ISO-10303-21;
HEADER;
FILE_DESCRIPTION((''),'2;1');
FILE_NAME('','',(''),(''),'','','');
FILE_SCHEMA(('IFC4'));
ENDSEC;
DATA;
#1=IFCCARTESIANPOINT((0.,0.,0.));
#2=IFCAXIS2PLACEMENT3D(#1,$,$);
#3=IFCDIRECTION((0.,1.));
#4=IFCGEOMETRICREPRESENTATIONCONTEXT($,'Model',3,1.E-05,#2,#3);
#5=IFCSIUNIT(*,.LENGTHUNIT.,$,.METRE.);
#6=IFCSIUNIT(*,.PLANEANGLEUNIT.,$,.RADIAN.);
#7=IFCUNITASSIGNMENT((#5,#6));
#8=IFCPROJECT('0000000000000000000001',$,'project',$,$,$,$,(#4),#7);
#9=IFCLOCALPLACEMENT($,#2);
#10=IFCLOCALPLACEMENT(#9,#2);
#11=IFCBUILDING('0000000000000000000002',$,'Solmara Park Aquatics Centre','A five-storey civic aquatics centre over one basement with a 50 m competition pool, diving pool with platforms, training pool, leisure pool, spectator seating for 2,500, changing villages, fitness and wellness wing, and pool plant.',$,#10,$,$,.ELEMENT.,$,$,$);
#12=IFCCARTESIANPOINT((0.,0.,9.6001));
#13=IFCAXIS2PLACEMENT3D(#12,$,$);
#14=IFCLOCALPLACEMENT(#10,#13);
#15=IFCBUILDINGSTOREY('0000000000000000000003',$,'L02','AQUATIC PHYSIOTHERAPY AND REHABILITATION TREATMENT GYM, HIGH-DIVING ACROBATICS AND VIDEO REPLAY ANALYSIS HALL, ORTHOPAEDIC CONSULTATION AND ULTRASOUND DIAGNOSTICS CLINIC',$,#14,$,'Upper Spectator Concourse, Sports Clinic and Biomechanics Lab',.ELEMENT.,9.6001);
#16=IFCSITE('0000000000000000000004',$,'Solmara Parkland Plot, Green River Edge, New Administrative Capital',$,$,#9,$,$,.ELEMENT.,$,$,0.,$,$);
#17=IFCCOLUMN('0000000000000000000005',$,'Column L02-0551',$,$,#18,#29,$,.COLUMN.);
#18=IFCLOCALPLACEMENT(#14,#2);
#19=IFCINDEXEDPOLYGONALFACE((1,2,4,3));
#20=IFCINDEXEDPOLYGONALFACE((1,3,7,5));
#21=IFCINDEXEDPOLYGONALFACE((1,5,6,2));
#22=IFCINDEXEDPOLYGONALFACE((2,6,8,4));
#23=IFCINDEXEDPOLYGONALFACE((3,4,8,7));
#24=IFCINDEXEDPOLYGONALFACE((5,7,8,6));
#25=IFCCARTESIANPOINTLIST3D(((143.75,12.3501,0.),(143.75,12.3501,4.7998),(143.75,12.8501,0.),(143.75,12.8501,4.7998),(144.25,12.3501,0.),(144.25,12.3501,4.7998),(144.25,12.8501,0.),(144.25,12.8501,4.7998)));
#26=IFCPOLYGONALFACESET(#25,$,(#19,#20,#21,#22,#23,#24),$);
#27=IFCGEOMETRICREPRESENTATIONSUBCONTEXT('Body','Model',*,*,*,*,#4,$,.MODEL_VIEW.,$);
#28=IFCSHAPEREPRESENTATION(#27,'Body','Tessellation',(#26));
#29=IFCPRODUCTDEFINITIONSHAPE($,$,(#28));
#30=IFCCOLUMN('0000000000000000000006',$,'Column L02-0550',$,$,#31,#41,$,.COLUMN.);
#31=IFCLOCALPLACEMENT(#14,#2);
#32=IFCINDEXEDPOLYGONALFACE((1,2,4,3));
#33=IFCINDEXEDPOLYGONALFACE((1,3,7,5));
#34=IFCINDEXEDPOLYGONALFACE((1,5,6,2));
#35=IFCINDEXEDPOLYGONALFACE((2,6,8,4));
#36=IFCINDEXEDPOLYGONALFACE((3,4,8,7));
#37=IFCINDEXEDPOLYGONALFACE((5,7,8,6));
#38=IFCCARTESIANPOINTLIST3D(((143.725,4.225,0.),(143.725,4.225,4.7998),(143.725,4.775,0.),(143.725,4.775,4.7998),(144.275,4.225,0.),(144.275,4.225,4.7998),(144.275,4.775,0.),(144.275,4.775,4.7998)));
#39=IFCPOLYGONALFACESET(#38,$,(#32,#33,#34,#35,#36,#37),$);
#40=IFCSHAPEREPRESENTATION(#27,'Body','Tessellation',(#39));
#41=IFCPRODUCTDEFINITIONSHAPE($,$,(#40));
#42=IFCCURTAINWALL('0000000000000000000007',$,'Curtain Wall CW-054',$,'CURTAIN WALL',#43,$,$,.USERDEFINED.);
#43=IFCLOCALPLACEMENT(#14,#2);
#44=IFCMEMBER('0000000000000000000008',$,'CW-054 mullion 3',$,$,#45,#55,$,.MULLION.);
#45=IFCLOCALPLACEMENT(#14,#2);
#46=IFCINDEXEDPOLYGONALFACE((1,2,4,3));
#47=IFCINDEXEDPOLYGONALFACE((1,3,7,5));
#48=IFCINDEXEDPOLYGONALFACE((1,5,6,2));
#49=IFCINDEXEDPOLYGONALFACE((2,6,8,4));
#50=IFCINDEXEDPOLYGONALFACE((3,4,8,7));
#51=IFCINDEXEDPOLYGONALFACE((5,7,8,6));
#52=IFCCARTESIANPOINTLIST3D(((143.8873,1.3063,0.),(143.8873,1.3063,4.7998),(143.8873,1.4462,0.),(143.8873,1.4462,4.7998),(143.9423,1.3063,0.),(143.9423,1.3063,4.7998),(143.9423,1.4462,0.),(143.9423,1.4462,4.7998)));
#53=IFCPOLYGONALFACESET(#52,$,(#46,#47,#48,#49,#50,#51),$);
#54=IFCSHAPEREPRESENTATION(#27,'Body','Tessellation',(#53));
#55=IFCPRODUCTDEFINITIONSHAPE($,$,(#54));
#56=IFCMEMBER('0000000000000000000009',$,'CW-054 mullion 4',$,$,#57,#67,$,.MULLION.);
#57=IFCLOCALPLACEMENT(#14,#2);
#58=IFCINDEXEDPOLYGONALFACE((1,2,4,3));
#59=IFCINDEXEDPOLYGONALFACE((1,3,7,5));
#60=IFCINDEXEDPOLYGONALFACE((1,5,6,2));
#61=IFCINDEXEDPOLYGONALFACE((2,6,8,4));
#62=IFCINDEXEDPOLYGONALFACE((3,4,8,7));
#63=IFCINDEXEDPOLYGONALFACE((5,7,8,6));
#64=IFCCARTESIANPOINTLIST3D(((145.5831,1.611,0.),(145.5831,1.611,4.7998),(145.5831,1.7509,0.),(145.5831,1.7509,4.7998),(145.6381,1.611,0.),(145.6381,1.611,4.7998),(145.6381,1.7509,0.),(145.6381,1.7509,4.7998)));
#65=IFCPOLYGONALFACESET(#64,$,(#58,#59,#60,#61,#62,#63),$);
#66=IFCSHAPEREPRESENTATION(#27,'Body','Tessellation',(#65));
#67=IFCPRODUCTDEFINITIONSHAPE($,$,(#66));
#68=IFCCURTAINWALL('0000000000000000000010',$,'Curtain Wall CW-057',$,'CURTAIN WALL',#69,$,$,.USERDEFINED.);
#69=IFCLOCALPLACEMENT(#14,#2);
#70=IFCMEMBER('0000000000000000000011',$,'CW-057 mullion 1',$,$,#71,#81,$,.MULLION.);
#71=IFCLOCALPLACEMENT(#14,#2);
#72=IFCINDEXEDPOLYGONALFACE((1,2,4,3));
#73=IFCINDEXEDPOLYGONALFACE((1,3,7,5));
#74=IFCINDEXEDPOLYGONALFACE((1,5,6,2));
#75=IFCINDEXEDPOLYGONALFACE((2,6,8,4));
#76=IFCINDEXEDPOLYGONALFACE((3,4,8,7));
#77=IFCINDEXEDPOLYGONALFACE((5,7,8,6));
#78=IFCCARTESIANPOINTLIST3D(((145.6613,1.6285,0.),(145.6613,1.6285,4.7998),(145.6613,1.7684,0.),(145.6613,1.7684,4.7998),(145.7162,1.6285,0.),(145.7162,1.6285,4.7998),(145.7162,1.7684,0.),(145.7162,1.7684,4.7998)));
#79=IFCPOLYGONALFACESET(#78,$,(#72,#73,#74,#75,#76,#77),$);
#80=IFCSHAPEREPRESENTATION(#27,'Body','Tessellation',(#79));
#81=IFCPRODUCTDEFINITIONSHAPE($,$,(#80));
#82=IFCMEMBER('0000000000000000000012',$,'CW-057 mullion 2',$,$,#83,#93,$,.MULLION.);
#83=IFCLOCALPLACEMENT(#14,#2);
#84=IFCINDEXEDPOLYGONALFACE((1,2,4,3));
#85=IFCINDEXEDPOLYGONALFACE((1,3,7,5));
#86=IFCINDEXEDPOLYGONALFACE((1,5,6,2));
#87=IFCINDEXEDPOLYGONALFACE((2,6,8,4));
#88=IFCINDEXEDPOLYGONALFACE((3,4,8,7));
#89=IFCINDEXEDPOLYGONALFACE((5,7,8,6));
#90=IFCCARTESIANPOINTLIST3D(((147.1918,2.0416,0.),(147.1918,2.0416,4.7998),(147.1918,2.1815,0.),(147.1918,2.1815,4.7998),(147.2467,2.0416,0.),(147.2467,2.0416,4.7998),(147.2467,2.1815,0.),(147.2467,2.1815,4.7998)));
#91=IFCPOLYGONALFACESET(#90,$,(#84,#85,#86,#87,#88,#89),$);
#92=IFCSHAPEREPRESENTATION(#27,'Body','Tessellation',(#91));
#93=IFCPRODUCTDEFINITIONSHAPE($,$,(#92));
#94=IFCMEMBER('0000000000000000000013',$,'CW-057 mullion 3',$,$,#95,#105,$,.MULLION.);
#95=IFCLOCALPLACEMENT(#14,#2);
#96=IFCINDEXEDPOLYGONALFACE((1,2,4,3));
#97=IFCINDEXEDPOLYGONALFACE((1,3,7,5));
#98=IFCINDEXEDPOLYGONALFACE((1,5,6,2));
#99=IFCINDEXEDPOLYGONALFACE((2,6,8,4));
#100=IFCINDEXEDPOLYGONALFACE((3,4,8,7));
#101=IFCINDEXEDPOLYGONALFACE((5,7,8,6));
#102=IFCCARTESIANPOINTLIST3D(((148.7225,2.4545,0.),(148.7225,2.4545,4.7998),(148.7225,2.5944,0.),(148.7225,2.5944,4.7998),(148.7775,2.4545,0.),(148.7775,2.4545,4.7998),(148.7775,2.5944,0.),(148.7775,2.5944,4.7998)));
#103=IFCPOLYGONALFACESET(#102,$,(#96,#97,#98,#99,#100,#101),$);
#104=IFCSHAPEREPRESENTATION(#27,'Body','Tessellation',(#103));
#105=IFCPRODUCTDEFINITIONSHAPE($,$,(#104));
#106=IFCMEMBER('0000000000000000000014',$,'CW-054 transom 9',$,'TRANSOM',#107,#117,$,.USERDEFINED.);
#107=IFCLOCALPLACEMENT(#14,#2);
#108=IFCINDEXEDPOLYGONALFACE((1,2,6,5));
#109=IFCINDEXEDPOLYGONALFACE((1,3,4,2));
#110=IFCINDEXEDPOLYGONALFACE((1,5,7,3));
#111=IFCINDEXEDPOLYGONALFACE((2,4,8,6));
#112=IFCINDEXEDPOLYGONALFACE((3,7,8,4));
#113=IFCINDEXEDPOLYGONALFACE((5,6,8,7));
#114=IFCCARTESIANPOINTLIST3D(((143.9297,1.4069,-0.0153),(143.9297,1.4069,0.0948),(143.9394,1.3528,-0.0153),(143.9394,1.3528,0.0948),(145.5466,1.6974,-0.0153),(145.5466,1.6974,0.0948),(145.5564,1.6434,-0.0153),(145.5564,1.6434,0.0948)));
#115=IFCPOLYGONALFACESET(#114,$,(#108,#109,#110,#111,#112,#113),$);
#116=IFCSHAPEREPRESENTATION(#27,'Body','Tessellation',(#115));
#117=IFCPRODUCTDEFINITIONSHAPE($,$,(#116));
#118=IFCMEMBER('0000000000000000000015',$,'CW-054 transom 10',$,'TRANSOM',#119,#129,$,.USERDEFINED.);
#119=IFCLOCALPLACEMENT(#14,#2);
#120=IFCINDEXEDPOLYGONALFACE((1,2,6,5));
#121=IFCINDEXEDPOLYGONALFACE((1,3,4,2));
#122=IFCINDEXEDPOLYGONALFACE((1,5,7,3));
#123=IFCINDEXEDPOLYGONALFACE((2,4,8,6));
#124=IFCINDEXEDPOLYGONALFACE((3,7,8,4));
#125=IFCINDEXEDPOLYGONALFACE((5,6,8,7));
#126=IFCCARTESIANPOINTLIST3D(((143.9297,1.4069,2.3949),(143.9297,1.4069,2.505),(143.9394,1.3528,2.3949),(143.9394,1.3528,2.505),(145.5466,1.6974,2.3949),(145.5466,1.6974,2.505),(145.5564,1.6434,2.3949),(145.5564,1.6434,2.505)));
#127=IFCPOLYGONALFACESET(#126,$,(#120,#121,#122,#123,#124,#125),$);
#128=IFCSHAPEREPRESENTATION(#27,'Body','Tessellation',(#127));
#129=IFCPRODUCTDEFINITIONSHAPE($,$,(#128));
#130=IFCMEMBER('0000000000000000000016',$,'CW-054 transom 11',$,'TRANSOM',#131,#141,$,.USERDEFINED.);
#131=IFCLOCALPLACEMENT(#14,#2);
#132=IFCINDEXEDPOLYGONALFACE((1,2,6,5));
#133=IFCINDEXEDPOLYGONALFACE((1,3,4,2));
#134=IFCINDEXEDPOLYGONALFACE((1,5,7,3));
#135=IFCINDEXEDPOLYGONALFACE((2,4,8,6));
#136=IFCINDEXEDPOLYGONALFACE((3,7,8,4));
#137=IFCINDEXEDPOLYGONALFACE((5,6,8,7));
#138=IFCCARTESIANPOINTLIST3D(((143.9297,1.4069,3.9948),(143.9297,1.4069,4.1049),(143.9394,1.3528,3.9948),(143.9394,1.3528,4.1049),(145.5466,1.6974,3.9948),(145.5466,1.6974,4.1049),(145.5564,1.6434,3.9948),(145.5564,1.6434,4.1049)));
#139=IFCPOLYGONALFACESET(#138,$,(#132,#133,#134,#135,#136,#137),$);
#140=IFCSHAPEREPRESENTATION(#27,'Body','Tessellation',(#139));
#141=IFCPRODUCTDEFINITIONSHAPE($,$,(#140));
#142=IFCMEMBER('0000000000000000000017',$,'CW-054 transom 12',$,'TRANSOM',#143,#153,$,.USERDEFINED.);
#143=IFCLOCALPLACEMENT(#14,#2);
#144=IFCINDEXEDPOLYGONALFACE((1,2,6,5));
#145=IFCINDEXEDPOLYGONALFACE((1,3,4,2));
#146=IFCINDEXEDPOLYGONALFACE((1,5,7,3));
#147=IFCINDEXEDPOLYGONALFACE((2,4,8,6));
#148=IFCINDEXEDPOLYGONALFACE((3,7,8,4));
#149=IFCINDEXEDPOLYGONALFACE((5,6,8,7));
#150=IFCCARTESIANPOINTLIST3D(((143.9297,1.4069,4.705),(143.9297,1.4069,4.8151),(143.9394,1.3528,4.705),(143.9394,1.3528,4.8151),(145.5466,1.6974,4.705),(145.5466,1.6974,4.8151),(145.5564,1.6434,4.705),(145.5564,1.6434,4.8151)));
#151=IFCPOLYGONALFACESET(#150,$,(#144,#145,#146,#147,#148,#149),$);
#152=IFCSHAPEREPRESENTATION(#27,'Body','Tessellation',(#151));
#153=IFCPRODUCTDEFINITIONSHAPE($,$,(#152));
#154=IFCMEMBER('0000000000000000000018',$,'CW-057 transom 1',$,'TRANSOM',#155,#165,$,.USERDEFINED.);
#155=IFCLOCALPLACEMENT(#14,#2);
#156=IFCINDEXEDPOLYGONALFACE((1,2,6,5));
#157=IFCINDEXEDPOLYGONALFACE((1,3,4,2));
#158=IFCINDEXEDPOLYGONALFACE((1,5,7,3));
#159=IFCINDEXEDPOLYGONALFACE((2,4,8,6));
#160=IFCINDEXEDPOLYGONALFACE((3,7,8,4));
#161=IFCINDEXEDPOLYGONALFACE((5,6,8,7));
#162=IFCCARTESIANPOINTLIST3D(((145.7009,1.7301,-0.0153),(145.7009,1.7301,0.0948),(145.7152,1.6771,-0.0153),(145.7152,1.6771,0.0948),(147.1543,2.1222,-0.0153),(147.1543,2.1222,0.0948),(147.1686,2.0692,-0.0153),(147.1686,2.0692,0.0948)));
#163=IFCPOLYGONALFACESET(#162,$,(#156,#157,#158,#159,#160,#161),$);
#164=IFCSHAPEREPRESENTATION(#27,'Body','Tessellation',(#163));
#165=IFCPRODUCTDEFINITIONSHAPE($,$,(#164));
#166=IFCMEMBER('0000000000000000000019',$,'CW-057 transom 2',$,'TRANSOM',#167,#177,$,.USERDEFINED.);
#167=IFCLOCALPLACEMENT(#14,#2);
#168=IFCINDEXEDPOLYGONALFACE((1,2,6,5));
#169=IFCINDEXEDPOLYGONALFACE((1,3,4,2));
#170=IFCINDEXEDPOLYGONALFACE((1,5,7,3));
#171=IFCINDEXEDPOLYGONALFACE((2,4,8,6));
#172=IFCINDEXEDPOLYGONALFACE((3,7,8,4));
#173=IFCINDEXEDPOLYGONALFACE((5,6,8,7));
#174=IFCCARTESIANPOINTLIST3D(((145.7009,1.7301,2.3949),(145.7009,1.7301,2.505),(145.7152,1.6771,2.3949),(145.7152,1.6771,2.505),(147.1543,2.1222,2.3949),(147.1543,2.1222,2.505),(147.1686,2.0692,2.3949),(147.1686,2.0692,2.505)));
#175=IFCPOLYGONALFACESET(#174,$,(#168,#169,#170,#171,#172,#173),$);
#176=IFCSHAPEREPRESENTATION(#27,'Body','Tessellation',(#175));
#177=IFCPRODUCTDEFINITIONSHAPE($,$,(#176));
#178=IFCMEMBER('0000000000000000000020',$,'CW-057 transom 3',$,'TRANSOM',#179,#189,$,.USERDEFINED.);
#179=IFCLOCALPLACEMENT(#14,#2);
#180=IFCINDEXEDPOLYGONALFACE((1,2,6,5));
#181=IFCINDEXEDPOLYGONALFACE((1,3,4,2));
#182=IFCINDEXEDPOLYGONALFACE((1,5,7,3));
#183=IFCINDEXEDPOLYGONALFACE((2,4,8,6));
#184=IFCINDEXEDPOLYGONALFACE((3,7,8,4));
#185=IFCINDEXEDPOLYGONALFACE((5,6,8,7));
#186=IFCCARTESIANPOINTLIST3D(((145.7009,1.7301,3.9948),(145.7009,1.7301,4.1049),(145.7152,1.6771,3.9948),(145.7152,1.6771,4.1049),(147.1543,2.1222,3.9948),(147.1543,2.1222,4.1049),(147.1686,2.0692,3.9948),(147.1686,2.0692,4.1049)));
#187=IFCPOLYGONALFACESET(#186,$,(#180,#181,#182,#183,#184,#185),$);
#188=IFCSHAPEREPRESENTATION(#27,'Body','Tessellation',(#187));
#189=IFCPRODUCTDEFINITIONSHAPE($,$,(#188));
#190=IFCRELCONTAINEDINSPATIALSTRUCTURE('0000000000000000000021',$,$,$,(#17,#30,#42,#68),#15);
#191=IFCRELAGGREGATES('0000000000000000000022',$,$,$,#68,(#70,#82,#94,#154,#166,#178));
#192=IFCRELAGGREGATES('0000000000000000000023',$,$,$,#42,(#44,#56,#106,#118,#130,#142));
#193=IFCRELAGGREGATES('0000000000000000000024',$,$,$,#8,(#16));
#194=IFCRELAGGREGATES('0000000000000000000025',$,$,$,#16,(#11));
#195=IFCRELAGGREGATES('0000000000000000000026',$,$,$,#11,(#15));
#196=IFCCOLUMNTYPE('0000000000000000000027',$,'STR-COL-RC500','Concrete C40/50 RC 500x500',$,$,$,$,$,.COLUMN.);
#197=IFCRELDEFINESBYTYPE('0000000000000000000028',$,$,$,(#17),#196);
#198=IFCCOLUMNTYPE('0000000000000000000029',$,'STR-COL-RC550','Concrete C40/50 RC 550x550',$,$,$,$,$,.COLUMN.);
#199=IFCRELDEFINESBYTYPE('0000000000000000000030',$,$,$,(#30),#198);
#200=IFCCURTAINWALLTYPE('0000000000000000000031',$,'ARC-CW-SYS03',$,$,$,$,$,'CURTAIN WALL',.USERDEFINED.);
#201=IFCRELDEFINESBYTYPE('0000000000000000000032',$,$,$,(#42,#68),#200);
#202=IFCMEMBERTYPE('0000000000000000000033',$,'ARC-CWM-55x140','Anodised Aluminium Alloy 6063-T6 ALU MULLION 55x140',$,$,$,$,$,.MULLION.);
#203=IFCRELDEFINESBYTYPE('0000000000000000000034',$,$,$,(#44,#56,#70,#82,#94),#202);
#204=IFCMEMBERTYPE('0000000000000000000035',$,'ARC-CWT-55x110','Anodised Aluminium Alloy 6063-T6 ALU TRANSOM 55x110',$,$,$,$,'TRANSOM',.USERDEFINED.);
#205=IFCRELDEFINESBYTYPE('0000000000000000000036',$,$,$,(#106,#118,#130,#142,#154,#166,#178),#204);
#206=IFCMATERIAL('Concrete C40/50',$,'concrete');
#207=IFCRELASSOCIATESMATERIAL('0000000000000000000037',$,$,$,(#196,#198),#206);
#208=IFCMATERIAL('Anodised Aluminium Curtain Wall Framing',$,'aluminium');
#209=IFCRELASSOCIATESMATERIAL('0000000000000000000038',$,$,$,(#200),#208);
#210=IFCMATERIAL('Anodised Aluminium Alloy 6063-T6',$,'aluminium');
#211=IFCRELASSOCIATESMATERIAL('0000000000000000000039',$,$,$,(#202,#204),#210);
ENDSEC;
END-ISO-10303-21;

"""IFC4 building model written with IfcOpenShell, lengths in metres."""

from ifc_helpers import new_model, si_unit, direction, frame, origin, origin_2d, place, context, subcontext, project, spatial, rectangle, extrude, material, material_profile, profile_set, type_object, element, aggregate, save


model = new_model("IFC4")

# Units and contexts
model_context = context("Model", 3, precision=1e-05, world=origin(), true_north=direction((0.0, 1.0)))
body_context = subcontext(model_context, "Body", "Model", "MODEL_VIEW")
ifc_project = project(units=[si_unit("LENGTHUNIT", "METRE"), si_unit("PLANEANGLEUNIT", "RADIAN")], contexts=[model_context])

# Site, building, storey
site_placement = place(None, origin())
site = spatial("IfcSite", under=ifc_project, at=site_placement, Name="Solmara Parkland Plot, Green River Edge, New Administrative Capital", CompositionType="ELEMENT", RefElevation=0.0)
building_placement = place(site_placement, origin())
building = spatial("IfcBuilding", under=site, at=building_placement, Name="Solmara Park Aquatics Centre", Description="A five-storey civic aquatics centre over one basement with a 50 m competition pool, diving pool with platforms, training pool, leisure pool, spectator seating for 2,500, changing villages, fitness and wellness wing, and pool plant.", CompositionType="ELEMENT")
storey_placement = place(building_placement, frame((0.0, 0.0, 9.6001)))
storey = spatial("IfcBuildingStorey", under=building, at=storey_placement, Name="L02", Description="AQUATIC PHYSIOTHERAPY AND REHABILITATION TREATMENT GYM, HIGH-DIVING ACROBATICS AND VIDEO REPLAY ANALYSIS HALL, ORTHOPAEDIC CONSULTATION AND ULTRASOUND DIAGNOSTICS CLINIC", LongName="Upper Spectator Concourse, Sports Clinic and Biomechanics Lab", CompositionType="ELEMENT", Elevation=9.6001)

# Columns
ifc_material_1 = material(Name="Concrete C40/50", Category="concrete")
ifc_material_profile_1 = material_profile(ifc_material_1, rectangle(XDim=0.5, YDim=0.5, at=origin_2d()), Name="RC 500x500")
ifc_profile_set_1 = profile_set([ifc_material_profile_1], Name="Concrete C40/50")
column_type_1 = type_object("IfcColumnType", Name="STR-COL-RC500", Description="Concrete C40/50 RC 500x500", PredefinedType="COLUMN", material=ifc_profile_set_1)
column_1_placement = place(storey_placement, frame((144.0, 12.6001, 0.0), z_axis=(0.0, 0.0, 1.0), x_axis=(1.0, 0.0, 0.0)))
element("IfcColumn", 1, at=column_1_placement, inside=storey, type_object=column_type_1, Name="Column L02-0551", PredefinedType="COLUMN", context=body_context, shape_type="SweptSolid", body=[
    extrude(rectangle(XDim=0.5, YDim=0.5, at=origin_2d()), origin(), (0.0, 0.0, 1.0), 4.7998),
])
ifc_material_profile_2 = material_profile(ifc_material_1, rectangle(XDim=0.55, YDim=0.55, at=origin_2d()), Name="RC 550x550")
ifc_profile_set_2 = profile_set([ifc_material_profile_2], Name="Concrete C40/50")
column_type_2 = type_object("IfcColumnType", Name="STR-COL-RC550", Description="Concrete C40/50 RC 550x550", PredefinedType="COLUMN", material=ifc_profile_set_2)
column_2_placement = place(storey_placement, frame((144.0, 4.5, 0.0), z_axis=(0.0, 0.0, 1.0), x_axis=(1.0, 0.0, 0.0)))
element("IfcColumn", 2, at=column_2_placement, inside=storey, type_object=column_type_2, Name="Column L02-0550", PredefinedType="COLUMN", context=body_context, shape_type="SweptSolid", body=[
    extrude(rectangle(XDim=0.55, YDim=0.55, at=origin_2d()), origin(), (0.0, 0.0, 1.0), 4.7998),
])

# Curtain walls, members
ifc_material_2 = material(Name="Anodised Aluminium Curtain Wall Framing", Category="aluminium")
curtain_wall_type = type_object("IfcCurtainWallType", Name="ARC-CW-SYS03", ElementType="CURTAIN WALL", PredefinedType="USERDEFINED", material=ifc_material_2)
curtain_wall_1_placement = place(storey_placement, origin())
curtain_wall_1 = element("IfcCurtainWall", 3, at=curtain_wall_1_placement, inside=storey, type_object=curtain_wall_type, Name="Curtain Wall CW-054", ObjectType="CURTAIN WALL", PredefinedType="USERDEFINED")
ifc_material_3 = material(Name="Anodised Aluminium Alloy 6063-T6", Category="aluminium")
ifc_material_profile_3 = material_profile(ifc_material_3, rectangle(XDim=0.0549, YDim=0.1399, at=origin_2d()), Name="ALU MULLION 55x140")
ifc_profile_set_3 = profile_set([ifc_material_profile_3], Name="Anodised Aluminium Alloy 6063-T6")
member_type_1 = type_object("IfcMemberType", Name="ARC-CWM-55x140", Description="Anodised Aluminium Alloy 6063-T6 ALU MULLION 55x140", PredefinedType="MULLION", material=ifc_profile_set_3)
member_1_placement = place(storey_placement, frame((143.9148, 1.3762, 0.0), z_axis=(0.0, 0.0, 1.0), x_axis=(1.0, 0.0, 0.0)))
member_1 = element("IfcMember", 4, at=member_1_placement, type_object=member_type_1, Name="CW-054 mullion 3", PredefinedType="MULLION", context=body_context, shape_type="SweptSolid", body=[
    extrude(rectangle(XDim=0.0549, YDim=0.1399, at=origin_2d()), origin(), (0.0, 0.0, 1.0), 4.7998),
])
member_2_placement = place(storey_placement, frame((145.6106, 1.6809, 0.0), z_axis=(0.0, 0.0, 1.0), x_axis=(1.0, 0.0, 0.0)))
member_2 = element("IfcMember", 5, at=member_2_placement, type_object=member_type_1, Name="CW-054 mullion 4", PredefinedType="MULLION", context=body_context, shape_type="SweptSolid", body=[
    extrude(rectangle(XDim=0.0549, YDim=0.1399, at=origin_2d()), origin(), (0.0, 0.0, 1.0), 4.7998),
])
curtain_wall_2_placement = place(storey_placement, origin())
curtain_wall_2 = element("IfcCurtainWall", 6, at=curtain_wall_2_placement, inside=storey, type_object=curtain_wall_type, Name="Curtain Wall CW-057", ObjectType="CURTAIN WALL", PredefinedType="USERDEFINED")
member_3_placement = place(storey_placement, frame((145.6887, 1.6985, 0.0), z_axis=(0.0, 0.0, 1.0), x_axis=(1.0, 0.0, 0.0)))
member_3 = element("IfcMember", 7, at=member_3_placement, type_object=member_type_1, Name="CW-057 mullion 1", PredefinedType="MULLION", context=body_context, shape_type="SweptSolid", body=[
    extrude(rectangle(XDim=0.0549, YDim=0.1399, at=origin_2d()), origin(), (0.0, 0.0, 1.0), 4.7998),
])
member_4_placement = place(storey_placement, frame((147.2192, 2.1116, 0.0), z_axis=(0.0, 0.0, 1.0), x_axis=(1.0, 0.0, 0.0)))
member_4 = element("IfcMember", 8, at=member_4_placement, type_object=member_type_1, Name="CW-057 mullion 2", PredefinedType="MULLION", context=body_context, shape_type="SweptSolid", body=[
    extrude(rectangle(XDim=0.0549, YDim=0.1399, at=origin_2d()), origin(), (0.0, 0.0, 1.0), 4.7998),
])
member_5_placement = place(storey_placement, frame((148.75, 2.5244, 0.0), z_axis=(0.0, 0.0, 1.0), x_axis=(1.0, 0.0, 0.0)))
member_5 = element("IfcMember", 9, at=member_5_placement, type_object=member_type_1, Name="CW-057 mullion 3", PredefinedType="MULLION", context=body_context, shape_type="SweptSolid", body=[
    extrude(rectangle(XDim=0.0549, YDim=0.1399, at=origin_2d()), origin(), (0.0, 0.0, 1.0), 4.7998),
])

# Members
ifc_material_profile_4 = material_profile(ifc_material_3, rectangle(XDim=0.0549, YDim=0.1101, at=origin_2d()), Name="ALU TRANSOM 55x110")
ifc_profile_set_4 = profile_set([ifc_material_profile_4], Name="Anodised Aluminium Alloy 6063-T6")
member_type_2 = type_object("IfcMemberType", Name="ARC-CWT-55x110", Description="Anodised Aluminium Alloy 6063-T6 ALU TRANSOM 55x110", ElementType="TRANSOM", PredefinedType="USERDEFINED", material=ifc_profile_set_4)
member_6_placement = place(storey_placement, frame((143.9346, 1.3799, 0.0398), z_axis=(0.984239, 0.176845, 0.0), x_axis=(-0.176845, 0.984239, 0.0)))
member_6 = element("IfcMember", 10, at=member_6_placement, type_object=member_type_2, Name="CW-054 transom 9", ObjectType="TRANSOM", PredefinedType="USERDEFINED", context=body_context, shape_type="SweptSolid", body=[
    extrude(rectangle(XDim=0.0549, YDim=0.1101, at=origin_2d()), origin(), (0.0, 0.0, 1.0), 1.6428),
])
member_7_placement = place(storey_placement, frame((143.9346, 1.3799, 2.45), z_axis=(0.984239, 0.176845, 0.0), x_axis=(-0.176845, 0.984239, 0.0)))
member_7 = element("IfcMember", 11, at=member_7_placement, type_object=member_type_2, Name="CW-054 transom 10", ObjectType="TRANSOM", PredefinedType="USERDEFINED", context=body_context, shape_type="SweptSolid", body=[
    extrude(rectangle(XDim=0.0549, YDim=0.1101, at=origin_2d()), origin(), (0.0, 0.0, 1.0), 1.6428),
])
member_8_placement = place(storey_placement, frame((143.9346, 1.3799, 4.0498), z_axis=(0.984239, 0.176845, 0.0), x_axis=(-0.176845, 0.984239, 0.0)))
member_8 = element("IfcMember", 12, at=member_8_placement, type_object=member_type_2, Name="CW-054 transom 11", ObjectType="TRANSOM", PredefinedType="USERDEFINED", context=body_context, shape_type="SweptSolid", body=[
    extrude(rectangle(XDim=0.0549, YDim=0.1101, at=origin_2d()), origin(), (0.0, 0.0, 1.0), 1.6428),
])
member_9_placement = place(storey_placement, frame((143.9346, 1.3799, 4.76), z_axis=(0.984239, 0.176845, 0.0), x_axis=(-0.176845, 0.984239, 0.0)))
member_9 = element("IfcMember", 13, at=member_9_placement, type_object=member_type_2, Name="CW-054 transom 12", ObjectType="TRANSOM", PredefinedType="USERDEFINED", context=body_context, shape_type="SweptSolid", body=[
    extrude(rectangle(XDim=0.0549, YDim=0.1101, at=origin_2d()), origin(), (0.0, 0.0, 1.0), 1.6428),
])
member_10_placement = place(storey_placement, frame((145.708, 1.7036, 0.0398), z_axis=(0.965483, 0.260468, 0.0), x_axis=(-0.260468, 0.965483, 0.0)))
member_10 = element("IfcMember", 14, at=member_10_placement, type_object=member_type_2, Name="CW-057 transom 1", ObjectType="TRANSOM", PredefinedType="USERDEFINED", context=body_context, shape_type="SweptSolid", body=[
    extrude(rectangle(XDim=0.0549, YDim=0.1101, at=origin_2d()), origin(), (0.0, 0.0, 1.0), 1.5054),
])
member_11_placement = place(storey_placement, frame((145.708, 1.7036, 2.45), z_axis=(0.965483, 0.260468, 0.0), x_axis=(-0.260468, 0.965483, 0.0)))
member_11 = element("IfcMember", 15, at=member_11_placement, type_object=member_type_2, Name="CW-057 transom 2", ObjectType="TRANSOM", PredefinedType="USERDEFINED", context=body_context, shape_type="SweptSolid", body=[
    extrude(rectangle(XDim=0.0549, YDim=0.1101, at=origin_2d()), origin(), (0.0, 0.0, 1.0), 1.5054),
])
member_12_placement = place(storey_placement, frame((145.708, 1.7036, 4.0498), z_axis=(0.965483, 0.260468, 0.0), x_axis=(-0.260468, 0.965483, 0.0)))
member_12 = element("IfcMember", 16, at=member_12_placement, type_object=member_type_2, Name="CW-057 transom 3", ObjectType="TRANSOM", PredefinedType="USERDEFINED", context=body_context, shape_type="SweptSolid", body=[
    extrude(rectangle(XDim=0.0549, YDim=0.1101, at=origin_2d()), origin(), (0.0, 0.0, 1.0), 1.5054),
])

aggregate(curtain_wall_2, [member_3, member_4, member_5, member_10, member_11, member_12])
aggregate(curtain_wall_1, [member_1, member_2, member_6, member_7, member_8, member_9])

save(model, "model.ifc")
